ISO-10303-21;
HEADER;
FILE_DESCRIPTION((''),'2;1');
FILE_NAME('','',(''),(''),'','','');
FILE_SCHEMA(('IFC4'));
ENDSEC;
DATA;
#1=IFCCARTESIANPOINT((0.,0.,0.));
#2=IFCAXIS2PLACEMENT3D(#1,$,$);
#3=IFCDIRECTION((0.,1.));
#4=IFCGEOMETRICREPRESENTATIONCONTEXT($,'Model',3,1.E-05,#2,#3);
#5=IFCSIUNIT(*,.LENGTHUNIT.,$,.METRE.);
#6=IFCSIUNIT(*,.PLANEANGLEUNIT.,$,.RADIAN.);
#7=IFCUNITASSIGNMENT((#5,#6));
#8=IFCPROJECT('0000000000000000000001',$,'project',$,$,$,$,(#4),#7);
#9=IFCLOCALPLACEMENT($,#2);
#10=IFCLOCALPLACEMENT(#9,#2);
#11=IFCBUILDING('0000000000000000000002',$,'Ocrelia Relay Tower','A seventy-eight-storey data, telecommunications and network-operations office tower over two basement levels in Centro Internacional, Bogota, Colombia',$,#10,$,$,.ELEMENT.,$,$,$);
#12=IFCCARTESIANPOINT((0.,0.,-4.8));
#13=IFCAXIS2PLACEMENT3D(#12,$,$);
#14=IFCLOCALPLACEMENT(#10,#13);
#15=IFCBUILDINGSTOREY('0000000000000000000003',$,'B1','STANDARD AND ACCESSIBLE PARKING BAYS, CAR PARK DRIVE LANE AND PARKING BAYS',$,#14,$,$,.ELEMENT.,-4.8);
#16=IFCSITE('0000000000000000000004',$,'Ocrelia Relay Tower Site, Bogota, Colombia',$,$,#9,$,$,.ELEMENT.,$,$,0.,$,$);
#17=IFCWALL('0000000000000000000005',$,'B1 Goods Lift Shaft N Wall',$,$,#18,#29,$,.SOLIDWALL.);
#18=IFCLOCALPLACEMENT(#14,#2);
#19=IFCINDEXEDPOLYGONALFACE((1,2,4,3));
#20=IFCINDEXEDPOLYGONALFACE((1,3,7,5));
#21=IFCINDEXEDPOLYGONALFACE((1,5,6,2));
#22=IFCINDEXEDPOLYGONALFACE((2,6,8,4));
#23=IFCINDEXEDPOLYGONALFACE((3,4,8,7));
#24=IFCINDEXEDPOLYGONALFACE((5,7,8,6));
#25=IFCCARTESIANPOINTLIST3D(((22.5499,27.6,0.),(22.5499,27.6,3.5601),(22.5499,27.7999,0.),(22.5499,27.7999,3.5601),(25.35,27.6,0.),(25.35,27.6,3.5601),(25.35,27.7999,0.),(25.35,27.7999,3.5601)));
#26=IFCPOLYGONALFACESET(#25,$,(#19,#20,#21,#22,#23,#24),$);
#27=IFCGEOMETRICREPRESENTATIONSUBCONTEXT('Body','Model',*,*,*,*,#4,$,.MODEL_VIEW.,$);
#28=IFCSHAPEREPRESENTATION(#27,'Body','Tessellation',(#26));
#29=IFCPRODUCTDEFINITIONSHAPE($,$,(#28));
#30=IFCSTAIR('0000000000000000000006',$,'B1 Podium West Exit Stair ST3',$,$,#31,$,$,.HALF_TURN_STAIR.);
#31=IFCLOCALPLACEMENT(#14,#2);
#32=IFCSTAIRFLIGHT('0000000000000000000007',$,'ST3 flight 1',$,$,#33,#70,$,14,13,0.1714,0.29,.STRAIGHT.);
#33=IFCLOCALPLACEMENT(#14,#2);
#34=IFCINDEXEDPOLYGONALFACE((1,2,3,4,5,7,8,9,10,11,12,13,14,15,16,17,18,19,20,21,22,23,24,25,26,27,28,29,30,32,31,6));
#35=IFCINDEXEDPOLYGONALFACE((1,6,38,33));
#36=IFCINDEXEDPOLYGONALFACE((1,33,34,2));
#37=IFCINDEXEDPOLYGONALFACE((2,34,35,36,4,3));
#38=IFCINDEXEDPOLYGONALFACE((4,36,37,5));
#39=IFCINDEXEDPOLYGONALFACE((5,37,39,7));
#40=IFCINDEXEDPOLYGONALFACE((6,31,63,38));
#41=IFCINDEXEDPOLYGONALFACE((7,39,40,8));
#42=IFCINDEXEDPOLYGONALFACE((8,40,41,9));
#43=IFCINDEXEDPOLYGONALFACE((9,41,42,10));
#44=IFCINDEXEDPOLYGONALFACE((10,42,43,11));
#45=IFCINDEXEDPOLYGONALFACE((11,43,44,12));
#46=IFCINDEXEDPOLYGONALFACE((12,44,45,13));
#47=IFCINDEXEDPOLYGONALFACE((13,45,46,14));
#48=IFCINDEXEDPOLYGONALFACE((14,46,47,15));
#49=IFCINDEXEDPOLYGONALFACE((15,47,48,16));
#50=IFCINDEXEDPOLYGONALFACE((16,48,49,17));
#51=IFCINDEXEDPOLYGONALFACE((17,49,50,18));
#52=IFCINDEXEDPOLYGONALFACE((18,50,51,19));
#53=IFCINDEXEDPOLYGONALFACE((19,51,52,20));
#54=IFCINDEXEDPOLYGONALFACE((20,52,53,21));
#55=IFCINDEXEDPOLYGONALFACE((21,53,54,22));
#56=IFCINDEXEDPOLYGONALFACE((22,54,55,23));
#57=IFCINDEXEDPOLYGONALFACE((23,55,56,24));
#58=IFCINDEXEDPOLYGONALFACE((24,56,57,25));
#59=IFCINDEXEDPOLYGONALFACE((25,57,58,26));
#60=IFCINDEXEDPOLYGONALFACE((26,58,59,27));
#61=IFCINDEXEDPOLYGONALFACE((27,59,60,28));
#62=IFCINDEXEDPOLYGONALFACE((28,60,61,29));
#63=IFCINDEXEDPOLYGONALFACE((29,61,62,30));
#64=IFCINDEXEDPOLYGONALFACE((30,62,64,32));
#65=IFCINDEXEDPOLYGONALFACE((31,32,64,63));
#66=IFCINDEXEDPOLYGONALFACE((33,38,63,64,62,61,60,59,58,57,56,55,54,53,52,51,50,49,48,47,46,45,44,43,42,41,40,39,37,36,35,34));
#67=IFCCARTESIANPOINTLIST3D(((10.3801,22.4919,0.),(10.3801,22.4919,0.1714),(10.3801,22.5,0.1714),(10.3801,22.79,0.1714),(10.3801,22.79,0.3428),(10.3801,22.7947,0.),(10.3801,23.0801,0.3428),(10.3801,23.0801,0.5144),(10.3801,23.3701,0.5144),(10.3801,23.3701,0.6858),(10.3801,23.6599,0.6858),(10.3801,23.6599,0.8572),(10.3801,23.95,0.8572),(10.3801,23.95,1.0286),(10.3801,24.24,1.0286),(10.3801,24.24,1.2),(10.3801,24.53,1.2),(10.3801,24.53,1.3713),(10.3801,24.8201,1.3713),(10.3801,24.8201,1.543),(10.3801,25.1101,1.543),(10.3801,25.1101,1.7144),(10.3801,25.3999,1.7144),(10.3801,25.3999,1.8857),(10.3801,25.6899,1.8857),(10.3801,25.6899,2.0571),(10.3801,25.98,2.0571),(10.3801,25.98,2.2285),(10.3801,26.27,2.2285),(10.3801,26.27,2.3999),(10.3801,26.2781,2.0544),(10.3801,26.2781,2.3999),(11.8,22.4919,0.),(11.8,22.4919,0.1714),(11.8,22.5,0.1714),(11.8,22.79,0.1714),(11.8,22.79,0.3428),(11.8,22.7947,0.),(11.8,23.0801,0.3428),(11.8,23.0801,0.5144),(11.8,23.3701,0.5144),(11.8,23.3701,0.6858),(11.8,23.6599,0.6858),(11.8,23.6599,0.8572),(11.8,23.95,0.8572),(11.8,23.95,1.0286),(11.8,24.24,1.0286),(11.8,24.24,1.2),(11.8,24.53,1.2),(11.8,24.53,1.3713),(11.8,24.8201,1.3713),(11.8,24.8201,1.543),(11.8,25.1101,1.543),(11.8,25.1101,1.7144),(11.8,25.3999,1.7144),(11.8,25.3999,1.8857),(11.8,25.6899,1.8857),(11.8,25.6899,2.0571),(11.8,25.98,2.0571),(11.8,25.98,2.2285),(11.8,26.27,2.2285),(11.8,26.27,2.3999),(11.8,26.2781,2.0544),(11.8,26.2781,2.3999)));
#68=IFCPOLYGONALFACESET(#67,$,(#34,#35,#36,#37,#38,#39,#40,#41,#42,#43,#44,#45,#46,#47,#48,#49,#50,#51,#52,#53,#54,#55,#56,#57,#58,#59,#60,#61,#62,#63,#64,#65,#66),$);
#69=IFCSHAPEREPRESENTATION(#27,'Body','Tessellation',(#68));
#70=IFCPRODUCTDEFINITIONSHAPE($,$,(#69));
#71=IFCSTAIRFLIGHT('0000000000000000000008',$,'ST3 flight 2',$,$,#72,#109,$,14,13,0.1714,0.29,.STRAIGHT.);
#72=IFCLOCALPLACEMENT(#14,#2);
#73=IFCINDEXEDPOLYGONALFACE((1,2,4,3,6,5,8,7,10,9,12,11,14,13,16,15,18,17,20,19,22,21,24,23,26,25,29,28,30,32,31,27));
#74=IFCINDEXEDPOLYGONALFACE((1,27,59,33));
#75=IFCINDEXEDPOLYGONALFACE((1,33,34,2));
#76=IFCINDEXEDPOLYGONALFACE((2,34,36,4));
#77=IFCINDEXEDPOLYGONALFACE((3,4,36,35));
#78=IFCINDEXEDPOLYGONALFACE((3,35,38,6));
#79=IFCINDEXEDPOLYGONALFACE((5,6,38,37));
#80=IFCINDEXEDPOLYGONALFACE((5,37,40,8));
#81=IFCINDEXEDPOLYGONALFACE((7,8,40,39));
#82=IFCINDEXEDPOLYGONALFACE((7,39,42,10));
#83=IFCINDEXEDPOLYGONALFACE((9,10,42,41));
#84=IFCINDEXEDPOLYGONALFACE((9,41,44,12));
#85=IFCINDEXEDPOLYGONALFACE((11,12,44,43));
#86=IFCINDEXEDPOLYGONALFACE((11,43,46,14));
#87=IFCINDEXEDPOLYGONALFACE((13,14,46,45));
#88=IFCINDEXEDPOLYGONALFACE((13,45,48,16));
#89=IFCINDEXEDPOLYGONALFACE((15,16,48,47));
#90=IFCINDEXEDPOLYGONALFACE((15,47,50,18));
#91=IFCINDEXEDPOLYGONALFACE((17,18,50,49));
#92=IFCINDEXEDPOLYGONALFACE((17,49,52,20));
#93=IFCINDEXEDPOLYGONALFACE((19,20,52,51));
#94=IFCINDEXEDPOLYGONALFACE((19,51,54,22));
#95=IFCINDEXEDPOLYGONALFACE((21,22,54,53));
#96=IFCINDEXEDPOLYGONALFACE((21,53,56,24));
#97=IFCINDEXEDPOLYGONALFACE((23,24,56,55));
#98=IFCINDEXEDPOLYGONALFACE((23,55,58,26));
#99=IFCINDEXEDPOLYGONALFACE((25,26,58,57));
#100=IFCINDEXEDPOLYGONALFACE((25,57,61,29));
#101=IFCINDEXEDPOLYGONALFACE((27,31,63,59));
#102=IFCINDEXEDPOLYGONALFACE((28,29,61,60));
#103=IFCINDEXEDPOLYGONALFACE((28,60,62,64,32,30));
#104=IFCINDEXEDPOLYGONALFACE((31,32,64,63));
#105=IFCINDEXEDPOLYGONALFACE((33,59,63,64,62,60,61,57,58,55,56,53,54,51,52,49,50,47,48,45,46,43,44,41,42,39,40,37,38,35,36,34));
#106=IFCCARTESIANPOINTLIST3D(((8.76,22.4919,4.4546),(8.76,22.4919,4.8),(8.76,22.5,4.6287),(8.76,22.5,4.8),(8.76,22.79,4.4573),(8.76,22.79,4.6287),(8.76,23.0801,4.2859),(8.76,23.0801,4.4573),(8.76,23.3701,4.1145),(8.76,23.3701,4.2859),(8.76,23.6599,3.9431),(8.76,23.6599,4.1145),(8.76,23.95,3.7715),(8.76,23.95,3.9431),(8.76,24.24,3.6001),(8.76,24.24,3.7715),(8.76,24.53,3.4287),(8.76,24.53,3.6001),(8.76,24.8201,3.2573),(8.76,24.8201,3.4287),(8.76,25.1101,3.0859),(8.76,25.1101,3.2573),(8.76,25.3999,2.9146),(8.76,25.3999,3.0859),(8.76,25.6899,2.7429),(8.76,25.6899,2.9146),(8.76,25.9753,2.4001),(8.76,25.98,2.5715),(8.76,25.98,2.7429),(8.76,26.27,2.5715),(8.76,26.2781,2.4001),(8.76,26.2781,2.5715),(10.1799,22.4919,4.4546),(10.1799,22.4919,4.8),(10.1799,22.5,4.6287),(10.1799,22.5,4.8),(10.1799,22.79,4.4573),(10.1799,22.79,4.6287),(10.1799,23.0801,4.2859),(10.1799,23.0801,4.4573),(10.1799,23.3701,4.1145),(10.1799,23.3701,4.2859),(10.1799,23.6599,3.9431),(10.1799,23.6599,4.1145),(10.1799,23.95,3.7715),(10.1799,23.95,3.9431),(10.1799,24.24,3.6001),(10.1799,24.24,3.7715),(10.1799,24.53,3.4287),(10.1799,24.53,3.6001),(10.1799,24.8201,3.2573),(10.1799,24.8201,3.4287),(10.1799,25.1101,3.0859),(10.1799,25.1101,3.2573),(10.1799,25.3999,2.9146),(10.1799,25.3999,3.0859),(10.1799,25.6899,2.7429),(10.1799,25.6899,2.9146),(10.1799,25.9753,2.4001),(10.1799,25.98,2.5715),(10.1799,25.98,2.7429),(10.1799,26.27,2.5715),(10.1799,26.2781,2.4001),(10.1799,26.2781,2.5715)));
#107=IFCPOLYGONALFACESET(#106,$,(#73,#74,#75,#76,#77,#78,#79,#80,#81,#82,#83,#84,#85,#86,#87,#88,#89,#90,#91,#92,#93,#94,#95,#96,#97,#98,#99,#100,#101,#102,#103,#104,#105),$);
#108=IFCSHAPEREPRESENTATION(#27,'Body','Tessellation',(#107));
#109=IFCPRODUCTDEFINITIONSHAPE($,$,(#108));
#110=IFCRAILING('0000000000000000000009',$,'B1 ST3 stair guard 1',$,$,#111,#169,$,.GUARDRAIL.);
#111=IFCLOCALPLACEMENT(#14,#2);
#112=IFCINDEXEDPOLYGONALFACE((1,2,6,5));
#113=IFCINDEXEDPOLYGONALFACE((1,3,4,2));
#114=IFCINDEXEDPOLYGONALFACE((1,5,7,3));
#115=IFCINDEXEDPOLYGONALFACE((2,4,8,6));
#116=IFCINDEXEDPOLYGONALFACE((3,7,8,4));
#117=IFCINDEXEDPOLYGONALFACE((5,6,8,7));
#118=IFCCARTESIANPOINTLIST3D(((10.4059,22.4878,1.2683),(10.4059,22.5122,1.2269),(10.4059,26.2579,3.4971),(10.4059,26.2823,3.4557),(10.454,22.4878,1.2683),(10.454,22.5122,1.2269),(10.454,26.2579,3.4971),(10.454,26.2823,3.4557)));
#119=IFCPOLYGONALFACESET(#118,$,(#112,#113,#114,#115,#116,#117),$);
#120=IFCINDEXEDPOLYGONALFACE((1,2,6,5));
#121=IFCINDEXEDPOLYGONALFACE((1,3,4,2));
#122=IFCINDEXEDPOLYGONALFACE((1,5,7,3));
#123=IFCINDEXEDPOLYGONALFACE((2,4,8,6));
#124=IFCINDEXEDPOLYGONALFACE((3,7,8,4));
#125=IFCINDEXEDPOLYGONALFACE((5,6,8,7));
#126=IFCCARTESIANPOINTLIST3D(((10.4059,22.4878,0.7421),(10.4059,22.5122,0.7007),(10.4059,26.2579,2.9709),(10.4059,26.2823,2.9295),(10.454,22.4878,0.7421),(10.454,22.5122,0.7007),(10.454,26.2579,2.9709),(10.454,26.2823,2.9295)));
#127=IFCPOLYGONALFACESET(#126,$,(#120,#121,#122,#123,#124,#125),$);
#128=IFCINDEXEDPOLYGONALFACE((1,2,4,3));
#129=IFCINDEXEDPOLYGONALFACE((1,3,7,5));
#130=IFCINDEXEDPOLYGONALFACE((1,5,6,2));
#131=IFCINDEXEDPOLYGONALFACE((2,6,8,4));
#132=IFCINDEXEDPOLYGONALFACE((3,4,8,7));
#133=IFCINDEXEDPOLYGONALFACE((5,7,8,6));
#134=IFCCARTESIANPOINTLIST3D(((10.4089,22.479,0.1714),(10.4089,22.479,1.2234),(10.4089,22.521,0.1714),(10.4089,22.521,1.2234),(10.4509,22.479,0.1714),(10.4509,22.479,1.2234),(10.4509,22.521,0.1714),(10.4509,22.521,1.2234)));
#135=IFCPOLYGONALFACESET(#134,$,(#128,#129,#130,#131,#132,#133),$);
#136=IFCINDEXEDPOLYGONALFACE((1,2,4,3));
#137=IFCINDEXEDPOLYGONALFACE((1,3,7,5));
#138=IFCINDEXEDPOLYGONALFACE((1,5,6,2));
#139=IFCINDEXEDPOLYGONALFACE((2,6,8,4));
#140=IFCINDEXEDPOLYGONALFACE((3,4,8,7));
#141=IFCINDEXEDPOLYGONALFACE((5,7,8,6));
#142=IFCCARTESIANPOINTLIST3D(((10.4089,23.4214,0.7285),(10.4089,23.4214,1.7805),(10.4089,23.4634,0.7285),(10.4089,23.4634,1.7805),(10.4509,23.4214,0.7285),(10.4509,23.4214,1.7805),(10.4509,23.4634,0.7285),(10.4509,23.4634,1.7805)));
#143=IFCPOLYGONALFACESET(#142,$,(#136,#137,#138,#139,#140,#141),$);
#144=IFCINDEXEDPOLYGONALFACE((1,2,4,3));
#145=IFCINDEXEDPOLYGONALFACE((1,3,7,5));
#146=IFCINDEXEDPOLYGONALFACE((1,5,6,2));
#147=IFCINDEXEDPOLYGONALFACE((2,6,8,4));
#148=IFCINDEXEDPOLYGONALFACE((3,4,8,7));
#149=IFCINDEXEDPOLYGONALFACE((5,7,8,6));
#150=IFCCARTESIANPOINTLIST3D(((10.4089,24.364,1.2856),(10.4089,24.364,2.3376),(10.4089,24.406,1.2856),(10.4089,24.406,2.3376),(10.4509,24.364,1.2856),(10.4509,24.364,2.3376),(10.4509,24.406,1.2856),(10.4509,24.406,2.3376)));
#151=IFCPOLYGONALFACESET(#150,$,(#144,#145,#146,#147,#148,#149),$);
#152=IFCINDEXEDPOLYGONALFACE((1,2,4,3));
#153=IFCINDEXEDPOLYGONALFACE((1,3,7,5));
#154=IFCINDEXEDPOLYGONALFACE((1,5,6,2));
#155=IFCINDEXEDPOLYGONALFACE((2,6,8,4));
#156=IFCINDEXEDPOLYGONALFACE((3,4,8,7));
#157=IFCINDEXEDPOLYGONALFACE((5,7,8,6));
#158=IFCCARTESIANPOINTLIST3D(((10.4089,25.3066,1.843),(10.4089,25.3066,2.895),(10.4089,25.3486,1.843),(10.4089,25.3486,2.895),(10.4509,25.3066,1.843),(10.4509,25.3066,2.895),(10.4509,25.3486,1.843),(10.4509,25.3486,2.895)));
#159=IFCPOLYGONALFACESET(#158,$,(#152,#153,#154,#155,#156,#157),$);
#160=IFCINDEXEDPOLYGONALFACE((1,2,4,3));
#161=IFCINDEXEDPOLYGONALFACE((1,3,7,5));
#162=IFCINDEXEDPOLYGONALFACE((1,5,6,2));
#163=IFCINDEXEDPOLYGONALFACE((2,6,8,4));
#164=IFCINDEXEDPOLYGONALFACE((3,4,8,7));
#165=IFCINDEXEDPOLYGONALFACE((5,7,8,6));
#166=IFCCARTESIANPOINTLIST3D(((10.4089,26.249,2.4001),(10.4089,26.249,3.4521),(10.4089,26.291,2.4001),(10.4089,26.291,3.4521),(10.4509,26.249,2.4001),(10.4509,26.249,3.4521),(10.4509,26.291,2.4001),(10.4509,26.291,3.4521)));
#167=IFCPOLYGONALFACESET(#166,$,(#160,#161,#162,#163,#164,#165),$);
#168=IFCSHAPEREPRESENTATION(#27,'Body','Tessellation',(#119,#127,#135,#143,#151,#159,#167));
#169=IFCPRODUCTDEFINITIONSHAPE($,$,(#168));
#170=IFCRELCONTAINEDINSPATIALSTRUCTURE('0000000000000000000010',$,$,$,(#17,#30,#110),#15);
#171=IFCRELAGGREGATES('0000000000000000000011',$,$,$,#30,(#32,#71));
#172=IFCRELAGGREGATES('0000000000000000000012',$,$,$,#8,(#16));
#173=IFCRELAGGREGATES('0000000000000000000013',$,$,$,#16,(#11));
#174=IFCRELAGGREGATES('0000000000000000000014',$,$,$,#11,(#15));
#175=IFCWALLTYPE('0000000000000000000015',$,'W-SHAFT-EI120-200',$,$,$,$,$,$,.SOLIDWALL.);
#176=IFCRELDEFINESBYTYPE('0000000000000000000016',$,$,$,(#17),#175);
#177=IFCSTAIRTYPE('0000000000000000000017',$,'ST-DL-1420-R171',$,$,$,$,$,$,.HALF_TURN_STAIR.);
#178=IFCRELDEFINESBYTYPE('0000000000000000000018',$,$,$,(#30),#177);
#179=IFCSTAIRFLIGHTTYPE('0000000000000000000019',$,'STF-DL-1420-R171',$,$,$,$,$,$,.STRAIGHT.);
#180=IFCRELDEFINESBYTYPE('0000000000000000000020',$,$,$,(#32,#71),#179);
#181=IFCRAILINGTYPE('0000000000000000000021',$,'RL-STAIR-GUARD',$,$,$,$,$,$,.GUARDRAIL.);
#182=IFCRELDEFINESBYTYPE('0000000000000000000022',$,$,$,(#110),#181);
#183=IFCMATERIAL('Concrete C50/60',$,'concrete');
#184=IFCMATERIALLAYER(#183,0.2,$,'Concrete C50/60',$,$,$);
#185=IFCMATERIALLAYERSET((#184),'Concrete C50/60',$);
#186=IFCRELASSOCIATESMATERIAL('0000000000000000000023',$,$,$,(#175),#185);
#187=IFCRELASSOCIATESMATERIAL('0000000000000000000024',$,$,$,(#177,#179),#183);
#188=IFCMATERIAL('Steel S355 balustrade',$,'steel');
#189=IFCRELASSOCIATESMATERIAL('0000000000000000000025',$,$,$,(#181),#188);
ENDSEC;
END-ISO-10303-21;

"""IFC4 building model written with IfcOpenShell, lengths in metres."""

from ifc_helpers import new_model, si_unit, direction, frame, frame_2d, origin, origin_2d, place, context, subcontext, project, spatial, polyline, rectangle, outline, extrude, material, layer, layer_set, type_object, element, aggregate, save


model = new_model("IFC4")

# Units and contexts
model_context = context("Model", 3, precision=1e-05, world=origin(), true_north=direction((0.0, 1.0)))
body_context = subcontext(model_context, "Body", "Model", "MODEL_VIEW")
ifc_project = project(units=[si_unit("LENGTHUNIT", "METRE"), si_unit("PLANEANGLEUNIT", "RADIAN")], contexts=[model_context])

# Site, building, storey
site_placement = place(None, origin())
site = spatial("IfcSite", under=ifc_project, at=site_placement, Name="Ocrelia Relay Tower Site, Bogota, Colombia", CompositionType="ELEMENT", RefElevation=0.0)
building_placement = place(site_placement, origin())
building = spatial("IfcBuilding", under=site, at=building_placement, Name="Ocrelia Relay Tower", Description="A seventy-eight-storey data, telecommunications and network-operations office tower over two basement levels in Centro Internacional, Bogota, Colombia", CompositionType="ELEMENT")
storey_placement = place(building_placement, frame((0.0, 0.0, -4.8)))
storey = spatial("IfcBuildingStorey", under=building, at=storey_placement, Name="B1", Description="STANDARD AND ACCESSIBLE PARKING BAYS, CAR PARK DRIVE LANE AND PARKING BAYS", CompositionType="ELEMENT", Elevation=-4.8)

# Shared definitions
ifc_material_1 = material(Name="Concrete C50/60", Category="concrete")

# Shared definitions
ifc_layer_1 = layer(ifc_material_1, 0.2, Name="Concrete C50/60")
ifc_layer_set_1 = layer_set([ifc_layer_1], Name="Concrete C50/60")
wall_type_1 = type_object("IfcWallType", Name="W-SHAFT-EI120-200", PredefinedType="SOLIDWALL", material=ifc_layer_set_1)

# Wall
for number, where, z_axis, x_axis, name in (
    (1, (22.55, 27.7, 0.0), (0.0, 0.0, 1.0), (1.0, 0.0, 0.0), "B1 Goods Lift Shaft N Wall"),
):
    element("IfcWall", number, at=place(storey_placement, frame(where, z_axis=z_axis, x_axis=x_axis)), inside=storey, type_object=wall_type_1, Name=name, PredefinedType="SOLIDWALL", context=body_context, shape_type="SweptSolid", body=[
        extrude(rectangle(XDim=2.8, YDim=0.2, at=frame_2d((1.3999, 0.0))), origin(), (0.0, 0.0, 1.0), 3.5601),
    ])

# Stair, stair flights
stair_type = type_object("IfcStairType", Name="ST-DL-1420-R171", PredefinedType="HALF_TURN_STAIR", material=ifc_material_1)
stair_placement = place(storey_placement, origin())
stair = element("IfcStair", 2, at=stair_placement, inside=storey, type_object=stair_type, Name="B1 Podium West Exit Stair ST3", PredefinedType="HALF_TURN_STAIR")
stair_flight_type = type_object("IfcStairFlightType", Name="STF-DL-1420-R171", PredefinedType="STRAIGHT", material=ifc_material_1)
stair_flight_1_placement = place(storey_placement, frame((11.0901, 22.5, 0.0), z_axis=(0.0, 0.0, 1.0), x_axis=(0.0, 1.0, 0.0)))
stair_flight_1 = element("IfcStairFlight", 3, at=stair_flight_1_placement, type_object=stair_flight_type, Name="ST3 flight 1", NumberOfRisers=14, NumberOfTreads=13, PredefinedType="STRAIGHT", RiserHeight=0.1714, TreadLength=0.29, context=body_context, shape_type="SweptSolid", body=[
    extrude(outline(polyline([(-0.0081, 0.0), (-0.0081, 0.1714), (0.0, 0.1714), (0.29, 0.1714), (0.29, 0.3428), (0.5801, 0.3428), (0.5801, 0.5144), (0.8701, 0.5144), (0.8701, 0.6858), (1.1599, 0.6858), (1.1599, 0.8572), (1.45, 0.8572), (1.45, 1.0286), (1.74, 1.0286), (1.74, 1.2), (2.03, 1.2), (2.03, 1.3713), (2.3201, 1.3713), (2.3201, 1.543), (2.6101, 1.543), (2.6101, 1.7144), (2.8999, 1.7144), (2.8999, 1.8857), (3.1899, 1.8857), (3.1899, 2.0571), (3.48, 2.0571), (3.48, 2.2285), (3.77, 2.2285), (3.77, 2.3999), (3.7781, 2.3999), (3.7781, 2.0544), (0.2947, 0.0), (-0.0081, 0.0)])), frame((0.0, 0.71, 0.0), z_axis=(0.0, -1.0, 0.0), x_axis=(1.0, 0.0, 0.0)), (0.0, 0.0, 1.0), 1.4199),
])
stair_flight_2_placement = place(storey_placement, frame((9.47, 26.27, 2.4001), z_axis=(0.0, 0.0, 1.0), x_axis=(0.0, -1.0, 0.0)))
stair_flight_2 = element("IfcStairFlight", 4, at=stair_flight_2_placement, type_object=stair_flight_type, Name="ST3 flight 2", NumberOfRisers=14, NumberOfTreads=13, PredefinedType="STRAIGHT", RiserHeight=0.1714, TreadLength=0.29, context=body_context, shape_type="SweptSolid", body=[
    extrude(outline(polyline([(-0.0081, 0.0), (-0.0081, 0.1714), (0.0, 0.1714), (0.29, 0.1714), (0.29, 0.3428), (0.5801, 0.3428), (0.5801, 0.5144), (0.8701, 0.5144), (0.8701, 0.6858), (1.1599, 0.6858), (1.1599, 0.8572), (1.45, 0.8572), (1.45, 1.0286), (1.74, 1.0286), (1.74, 1.2), (2.03, 1.2), (2.03, 1.3713), (2.3201, 1.3713), (2.3201, 1.543), (2.6101, 1.543), (2.6101, 1.7144), (2.8999, 1.7144), (2.8999, 1.8857), (3.1899, 1.8857), (3.1899, 2.0571), (3.48, 2.0571), (3.48, 2.2285), (3.77, 2.2285), (3.77, 2.3999), (3.7781, 2.3999), (3.7781, 2.0544), (0.2947, 0.0), (-0.0081, 0.0)])), frame((0.0, 0.71, 0.0), z_axis=(0.0, -1.0, 0.0), x_axis=(1.0, 0.0, 0.0)), (0.0, 0.0, 1.0), 1.4199),
])
aggregate(stair, [stair_flight_1, stair_flight_2])

# Railing
ifc_material_2 = material(Name="Steel S355 balustrade", Category="steel")
railing_type_1 = type_object("IfcRailingType", Name="RL-STAIR-GUARD", PredefinedType="GUARDRAIL", material=ifc_material_2)
railing_1_placement = place(storey_placement, frame((10.4299, 22.5, 0.1714)))
element("IfcRailing", 5, at=railing_1_placement, inside=storey, type_object=railing_type_1, Name="B1 ST3 stair guard 1", PredefinedType="GUARDRAIL", context=body_context, shape_type="SweptSolid", body=[
    extrude(rectangle(XDim=0.0481, YDim=0.0481, at=origin_2d()), frame((0.0, 0.0, 1.0762), z_axis=(0.0, 0.860824, 0.508902), x_axis=(-1.0, 0.0, 0.0)), (0.0, 0.0, 1.0), 4.3796),
    extrude(rectangle(XDim=0.0481, YDim=0.0481, at=origin_2d()), frame((0.0, 0.0, 0.55), z_axis=(0.0, 0.860824, 0.508902), x_axis=(-1.0, 0.0, 0.0)), (0.0, 0.0, 1.0), 4.3796),
    extrude(rectangle(XDim=0.042, YDim=0.042, at=origin_2d()), origin(), (0.0, 0.0, 1.0), 1.052),
    extrude(rectangle(XDim=0.042, YDim=0.042, at=origin_2d()), frame((0.0, 0.9424, 0.5571)), (0.0, 0.0, 1.0), 1.052),
    extrude(rectangle(XDim=0.042, YDim=0.042, at=origin_2d()), frame((0.0, 1.885, 1.1143)), (0.0, 0.0, 1.0), 1.052),
    extrude(rectangle(XDim=0.042, YDim=0.042, at=origin_2d()), frame((0.0, 2.8276, 1.6716)), (0.0, 0.0, 1.0), 1.052),
    extrude(rectangle(XDim=0.042, YDim=0.042, at=origin_2d()), frame((0.0, 3.77, 2.2288)), (0.0, 0.0, 1.0), 1.052),
])

save(model, "model.ifc")
